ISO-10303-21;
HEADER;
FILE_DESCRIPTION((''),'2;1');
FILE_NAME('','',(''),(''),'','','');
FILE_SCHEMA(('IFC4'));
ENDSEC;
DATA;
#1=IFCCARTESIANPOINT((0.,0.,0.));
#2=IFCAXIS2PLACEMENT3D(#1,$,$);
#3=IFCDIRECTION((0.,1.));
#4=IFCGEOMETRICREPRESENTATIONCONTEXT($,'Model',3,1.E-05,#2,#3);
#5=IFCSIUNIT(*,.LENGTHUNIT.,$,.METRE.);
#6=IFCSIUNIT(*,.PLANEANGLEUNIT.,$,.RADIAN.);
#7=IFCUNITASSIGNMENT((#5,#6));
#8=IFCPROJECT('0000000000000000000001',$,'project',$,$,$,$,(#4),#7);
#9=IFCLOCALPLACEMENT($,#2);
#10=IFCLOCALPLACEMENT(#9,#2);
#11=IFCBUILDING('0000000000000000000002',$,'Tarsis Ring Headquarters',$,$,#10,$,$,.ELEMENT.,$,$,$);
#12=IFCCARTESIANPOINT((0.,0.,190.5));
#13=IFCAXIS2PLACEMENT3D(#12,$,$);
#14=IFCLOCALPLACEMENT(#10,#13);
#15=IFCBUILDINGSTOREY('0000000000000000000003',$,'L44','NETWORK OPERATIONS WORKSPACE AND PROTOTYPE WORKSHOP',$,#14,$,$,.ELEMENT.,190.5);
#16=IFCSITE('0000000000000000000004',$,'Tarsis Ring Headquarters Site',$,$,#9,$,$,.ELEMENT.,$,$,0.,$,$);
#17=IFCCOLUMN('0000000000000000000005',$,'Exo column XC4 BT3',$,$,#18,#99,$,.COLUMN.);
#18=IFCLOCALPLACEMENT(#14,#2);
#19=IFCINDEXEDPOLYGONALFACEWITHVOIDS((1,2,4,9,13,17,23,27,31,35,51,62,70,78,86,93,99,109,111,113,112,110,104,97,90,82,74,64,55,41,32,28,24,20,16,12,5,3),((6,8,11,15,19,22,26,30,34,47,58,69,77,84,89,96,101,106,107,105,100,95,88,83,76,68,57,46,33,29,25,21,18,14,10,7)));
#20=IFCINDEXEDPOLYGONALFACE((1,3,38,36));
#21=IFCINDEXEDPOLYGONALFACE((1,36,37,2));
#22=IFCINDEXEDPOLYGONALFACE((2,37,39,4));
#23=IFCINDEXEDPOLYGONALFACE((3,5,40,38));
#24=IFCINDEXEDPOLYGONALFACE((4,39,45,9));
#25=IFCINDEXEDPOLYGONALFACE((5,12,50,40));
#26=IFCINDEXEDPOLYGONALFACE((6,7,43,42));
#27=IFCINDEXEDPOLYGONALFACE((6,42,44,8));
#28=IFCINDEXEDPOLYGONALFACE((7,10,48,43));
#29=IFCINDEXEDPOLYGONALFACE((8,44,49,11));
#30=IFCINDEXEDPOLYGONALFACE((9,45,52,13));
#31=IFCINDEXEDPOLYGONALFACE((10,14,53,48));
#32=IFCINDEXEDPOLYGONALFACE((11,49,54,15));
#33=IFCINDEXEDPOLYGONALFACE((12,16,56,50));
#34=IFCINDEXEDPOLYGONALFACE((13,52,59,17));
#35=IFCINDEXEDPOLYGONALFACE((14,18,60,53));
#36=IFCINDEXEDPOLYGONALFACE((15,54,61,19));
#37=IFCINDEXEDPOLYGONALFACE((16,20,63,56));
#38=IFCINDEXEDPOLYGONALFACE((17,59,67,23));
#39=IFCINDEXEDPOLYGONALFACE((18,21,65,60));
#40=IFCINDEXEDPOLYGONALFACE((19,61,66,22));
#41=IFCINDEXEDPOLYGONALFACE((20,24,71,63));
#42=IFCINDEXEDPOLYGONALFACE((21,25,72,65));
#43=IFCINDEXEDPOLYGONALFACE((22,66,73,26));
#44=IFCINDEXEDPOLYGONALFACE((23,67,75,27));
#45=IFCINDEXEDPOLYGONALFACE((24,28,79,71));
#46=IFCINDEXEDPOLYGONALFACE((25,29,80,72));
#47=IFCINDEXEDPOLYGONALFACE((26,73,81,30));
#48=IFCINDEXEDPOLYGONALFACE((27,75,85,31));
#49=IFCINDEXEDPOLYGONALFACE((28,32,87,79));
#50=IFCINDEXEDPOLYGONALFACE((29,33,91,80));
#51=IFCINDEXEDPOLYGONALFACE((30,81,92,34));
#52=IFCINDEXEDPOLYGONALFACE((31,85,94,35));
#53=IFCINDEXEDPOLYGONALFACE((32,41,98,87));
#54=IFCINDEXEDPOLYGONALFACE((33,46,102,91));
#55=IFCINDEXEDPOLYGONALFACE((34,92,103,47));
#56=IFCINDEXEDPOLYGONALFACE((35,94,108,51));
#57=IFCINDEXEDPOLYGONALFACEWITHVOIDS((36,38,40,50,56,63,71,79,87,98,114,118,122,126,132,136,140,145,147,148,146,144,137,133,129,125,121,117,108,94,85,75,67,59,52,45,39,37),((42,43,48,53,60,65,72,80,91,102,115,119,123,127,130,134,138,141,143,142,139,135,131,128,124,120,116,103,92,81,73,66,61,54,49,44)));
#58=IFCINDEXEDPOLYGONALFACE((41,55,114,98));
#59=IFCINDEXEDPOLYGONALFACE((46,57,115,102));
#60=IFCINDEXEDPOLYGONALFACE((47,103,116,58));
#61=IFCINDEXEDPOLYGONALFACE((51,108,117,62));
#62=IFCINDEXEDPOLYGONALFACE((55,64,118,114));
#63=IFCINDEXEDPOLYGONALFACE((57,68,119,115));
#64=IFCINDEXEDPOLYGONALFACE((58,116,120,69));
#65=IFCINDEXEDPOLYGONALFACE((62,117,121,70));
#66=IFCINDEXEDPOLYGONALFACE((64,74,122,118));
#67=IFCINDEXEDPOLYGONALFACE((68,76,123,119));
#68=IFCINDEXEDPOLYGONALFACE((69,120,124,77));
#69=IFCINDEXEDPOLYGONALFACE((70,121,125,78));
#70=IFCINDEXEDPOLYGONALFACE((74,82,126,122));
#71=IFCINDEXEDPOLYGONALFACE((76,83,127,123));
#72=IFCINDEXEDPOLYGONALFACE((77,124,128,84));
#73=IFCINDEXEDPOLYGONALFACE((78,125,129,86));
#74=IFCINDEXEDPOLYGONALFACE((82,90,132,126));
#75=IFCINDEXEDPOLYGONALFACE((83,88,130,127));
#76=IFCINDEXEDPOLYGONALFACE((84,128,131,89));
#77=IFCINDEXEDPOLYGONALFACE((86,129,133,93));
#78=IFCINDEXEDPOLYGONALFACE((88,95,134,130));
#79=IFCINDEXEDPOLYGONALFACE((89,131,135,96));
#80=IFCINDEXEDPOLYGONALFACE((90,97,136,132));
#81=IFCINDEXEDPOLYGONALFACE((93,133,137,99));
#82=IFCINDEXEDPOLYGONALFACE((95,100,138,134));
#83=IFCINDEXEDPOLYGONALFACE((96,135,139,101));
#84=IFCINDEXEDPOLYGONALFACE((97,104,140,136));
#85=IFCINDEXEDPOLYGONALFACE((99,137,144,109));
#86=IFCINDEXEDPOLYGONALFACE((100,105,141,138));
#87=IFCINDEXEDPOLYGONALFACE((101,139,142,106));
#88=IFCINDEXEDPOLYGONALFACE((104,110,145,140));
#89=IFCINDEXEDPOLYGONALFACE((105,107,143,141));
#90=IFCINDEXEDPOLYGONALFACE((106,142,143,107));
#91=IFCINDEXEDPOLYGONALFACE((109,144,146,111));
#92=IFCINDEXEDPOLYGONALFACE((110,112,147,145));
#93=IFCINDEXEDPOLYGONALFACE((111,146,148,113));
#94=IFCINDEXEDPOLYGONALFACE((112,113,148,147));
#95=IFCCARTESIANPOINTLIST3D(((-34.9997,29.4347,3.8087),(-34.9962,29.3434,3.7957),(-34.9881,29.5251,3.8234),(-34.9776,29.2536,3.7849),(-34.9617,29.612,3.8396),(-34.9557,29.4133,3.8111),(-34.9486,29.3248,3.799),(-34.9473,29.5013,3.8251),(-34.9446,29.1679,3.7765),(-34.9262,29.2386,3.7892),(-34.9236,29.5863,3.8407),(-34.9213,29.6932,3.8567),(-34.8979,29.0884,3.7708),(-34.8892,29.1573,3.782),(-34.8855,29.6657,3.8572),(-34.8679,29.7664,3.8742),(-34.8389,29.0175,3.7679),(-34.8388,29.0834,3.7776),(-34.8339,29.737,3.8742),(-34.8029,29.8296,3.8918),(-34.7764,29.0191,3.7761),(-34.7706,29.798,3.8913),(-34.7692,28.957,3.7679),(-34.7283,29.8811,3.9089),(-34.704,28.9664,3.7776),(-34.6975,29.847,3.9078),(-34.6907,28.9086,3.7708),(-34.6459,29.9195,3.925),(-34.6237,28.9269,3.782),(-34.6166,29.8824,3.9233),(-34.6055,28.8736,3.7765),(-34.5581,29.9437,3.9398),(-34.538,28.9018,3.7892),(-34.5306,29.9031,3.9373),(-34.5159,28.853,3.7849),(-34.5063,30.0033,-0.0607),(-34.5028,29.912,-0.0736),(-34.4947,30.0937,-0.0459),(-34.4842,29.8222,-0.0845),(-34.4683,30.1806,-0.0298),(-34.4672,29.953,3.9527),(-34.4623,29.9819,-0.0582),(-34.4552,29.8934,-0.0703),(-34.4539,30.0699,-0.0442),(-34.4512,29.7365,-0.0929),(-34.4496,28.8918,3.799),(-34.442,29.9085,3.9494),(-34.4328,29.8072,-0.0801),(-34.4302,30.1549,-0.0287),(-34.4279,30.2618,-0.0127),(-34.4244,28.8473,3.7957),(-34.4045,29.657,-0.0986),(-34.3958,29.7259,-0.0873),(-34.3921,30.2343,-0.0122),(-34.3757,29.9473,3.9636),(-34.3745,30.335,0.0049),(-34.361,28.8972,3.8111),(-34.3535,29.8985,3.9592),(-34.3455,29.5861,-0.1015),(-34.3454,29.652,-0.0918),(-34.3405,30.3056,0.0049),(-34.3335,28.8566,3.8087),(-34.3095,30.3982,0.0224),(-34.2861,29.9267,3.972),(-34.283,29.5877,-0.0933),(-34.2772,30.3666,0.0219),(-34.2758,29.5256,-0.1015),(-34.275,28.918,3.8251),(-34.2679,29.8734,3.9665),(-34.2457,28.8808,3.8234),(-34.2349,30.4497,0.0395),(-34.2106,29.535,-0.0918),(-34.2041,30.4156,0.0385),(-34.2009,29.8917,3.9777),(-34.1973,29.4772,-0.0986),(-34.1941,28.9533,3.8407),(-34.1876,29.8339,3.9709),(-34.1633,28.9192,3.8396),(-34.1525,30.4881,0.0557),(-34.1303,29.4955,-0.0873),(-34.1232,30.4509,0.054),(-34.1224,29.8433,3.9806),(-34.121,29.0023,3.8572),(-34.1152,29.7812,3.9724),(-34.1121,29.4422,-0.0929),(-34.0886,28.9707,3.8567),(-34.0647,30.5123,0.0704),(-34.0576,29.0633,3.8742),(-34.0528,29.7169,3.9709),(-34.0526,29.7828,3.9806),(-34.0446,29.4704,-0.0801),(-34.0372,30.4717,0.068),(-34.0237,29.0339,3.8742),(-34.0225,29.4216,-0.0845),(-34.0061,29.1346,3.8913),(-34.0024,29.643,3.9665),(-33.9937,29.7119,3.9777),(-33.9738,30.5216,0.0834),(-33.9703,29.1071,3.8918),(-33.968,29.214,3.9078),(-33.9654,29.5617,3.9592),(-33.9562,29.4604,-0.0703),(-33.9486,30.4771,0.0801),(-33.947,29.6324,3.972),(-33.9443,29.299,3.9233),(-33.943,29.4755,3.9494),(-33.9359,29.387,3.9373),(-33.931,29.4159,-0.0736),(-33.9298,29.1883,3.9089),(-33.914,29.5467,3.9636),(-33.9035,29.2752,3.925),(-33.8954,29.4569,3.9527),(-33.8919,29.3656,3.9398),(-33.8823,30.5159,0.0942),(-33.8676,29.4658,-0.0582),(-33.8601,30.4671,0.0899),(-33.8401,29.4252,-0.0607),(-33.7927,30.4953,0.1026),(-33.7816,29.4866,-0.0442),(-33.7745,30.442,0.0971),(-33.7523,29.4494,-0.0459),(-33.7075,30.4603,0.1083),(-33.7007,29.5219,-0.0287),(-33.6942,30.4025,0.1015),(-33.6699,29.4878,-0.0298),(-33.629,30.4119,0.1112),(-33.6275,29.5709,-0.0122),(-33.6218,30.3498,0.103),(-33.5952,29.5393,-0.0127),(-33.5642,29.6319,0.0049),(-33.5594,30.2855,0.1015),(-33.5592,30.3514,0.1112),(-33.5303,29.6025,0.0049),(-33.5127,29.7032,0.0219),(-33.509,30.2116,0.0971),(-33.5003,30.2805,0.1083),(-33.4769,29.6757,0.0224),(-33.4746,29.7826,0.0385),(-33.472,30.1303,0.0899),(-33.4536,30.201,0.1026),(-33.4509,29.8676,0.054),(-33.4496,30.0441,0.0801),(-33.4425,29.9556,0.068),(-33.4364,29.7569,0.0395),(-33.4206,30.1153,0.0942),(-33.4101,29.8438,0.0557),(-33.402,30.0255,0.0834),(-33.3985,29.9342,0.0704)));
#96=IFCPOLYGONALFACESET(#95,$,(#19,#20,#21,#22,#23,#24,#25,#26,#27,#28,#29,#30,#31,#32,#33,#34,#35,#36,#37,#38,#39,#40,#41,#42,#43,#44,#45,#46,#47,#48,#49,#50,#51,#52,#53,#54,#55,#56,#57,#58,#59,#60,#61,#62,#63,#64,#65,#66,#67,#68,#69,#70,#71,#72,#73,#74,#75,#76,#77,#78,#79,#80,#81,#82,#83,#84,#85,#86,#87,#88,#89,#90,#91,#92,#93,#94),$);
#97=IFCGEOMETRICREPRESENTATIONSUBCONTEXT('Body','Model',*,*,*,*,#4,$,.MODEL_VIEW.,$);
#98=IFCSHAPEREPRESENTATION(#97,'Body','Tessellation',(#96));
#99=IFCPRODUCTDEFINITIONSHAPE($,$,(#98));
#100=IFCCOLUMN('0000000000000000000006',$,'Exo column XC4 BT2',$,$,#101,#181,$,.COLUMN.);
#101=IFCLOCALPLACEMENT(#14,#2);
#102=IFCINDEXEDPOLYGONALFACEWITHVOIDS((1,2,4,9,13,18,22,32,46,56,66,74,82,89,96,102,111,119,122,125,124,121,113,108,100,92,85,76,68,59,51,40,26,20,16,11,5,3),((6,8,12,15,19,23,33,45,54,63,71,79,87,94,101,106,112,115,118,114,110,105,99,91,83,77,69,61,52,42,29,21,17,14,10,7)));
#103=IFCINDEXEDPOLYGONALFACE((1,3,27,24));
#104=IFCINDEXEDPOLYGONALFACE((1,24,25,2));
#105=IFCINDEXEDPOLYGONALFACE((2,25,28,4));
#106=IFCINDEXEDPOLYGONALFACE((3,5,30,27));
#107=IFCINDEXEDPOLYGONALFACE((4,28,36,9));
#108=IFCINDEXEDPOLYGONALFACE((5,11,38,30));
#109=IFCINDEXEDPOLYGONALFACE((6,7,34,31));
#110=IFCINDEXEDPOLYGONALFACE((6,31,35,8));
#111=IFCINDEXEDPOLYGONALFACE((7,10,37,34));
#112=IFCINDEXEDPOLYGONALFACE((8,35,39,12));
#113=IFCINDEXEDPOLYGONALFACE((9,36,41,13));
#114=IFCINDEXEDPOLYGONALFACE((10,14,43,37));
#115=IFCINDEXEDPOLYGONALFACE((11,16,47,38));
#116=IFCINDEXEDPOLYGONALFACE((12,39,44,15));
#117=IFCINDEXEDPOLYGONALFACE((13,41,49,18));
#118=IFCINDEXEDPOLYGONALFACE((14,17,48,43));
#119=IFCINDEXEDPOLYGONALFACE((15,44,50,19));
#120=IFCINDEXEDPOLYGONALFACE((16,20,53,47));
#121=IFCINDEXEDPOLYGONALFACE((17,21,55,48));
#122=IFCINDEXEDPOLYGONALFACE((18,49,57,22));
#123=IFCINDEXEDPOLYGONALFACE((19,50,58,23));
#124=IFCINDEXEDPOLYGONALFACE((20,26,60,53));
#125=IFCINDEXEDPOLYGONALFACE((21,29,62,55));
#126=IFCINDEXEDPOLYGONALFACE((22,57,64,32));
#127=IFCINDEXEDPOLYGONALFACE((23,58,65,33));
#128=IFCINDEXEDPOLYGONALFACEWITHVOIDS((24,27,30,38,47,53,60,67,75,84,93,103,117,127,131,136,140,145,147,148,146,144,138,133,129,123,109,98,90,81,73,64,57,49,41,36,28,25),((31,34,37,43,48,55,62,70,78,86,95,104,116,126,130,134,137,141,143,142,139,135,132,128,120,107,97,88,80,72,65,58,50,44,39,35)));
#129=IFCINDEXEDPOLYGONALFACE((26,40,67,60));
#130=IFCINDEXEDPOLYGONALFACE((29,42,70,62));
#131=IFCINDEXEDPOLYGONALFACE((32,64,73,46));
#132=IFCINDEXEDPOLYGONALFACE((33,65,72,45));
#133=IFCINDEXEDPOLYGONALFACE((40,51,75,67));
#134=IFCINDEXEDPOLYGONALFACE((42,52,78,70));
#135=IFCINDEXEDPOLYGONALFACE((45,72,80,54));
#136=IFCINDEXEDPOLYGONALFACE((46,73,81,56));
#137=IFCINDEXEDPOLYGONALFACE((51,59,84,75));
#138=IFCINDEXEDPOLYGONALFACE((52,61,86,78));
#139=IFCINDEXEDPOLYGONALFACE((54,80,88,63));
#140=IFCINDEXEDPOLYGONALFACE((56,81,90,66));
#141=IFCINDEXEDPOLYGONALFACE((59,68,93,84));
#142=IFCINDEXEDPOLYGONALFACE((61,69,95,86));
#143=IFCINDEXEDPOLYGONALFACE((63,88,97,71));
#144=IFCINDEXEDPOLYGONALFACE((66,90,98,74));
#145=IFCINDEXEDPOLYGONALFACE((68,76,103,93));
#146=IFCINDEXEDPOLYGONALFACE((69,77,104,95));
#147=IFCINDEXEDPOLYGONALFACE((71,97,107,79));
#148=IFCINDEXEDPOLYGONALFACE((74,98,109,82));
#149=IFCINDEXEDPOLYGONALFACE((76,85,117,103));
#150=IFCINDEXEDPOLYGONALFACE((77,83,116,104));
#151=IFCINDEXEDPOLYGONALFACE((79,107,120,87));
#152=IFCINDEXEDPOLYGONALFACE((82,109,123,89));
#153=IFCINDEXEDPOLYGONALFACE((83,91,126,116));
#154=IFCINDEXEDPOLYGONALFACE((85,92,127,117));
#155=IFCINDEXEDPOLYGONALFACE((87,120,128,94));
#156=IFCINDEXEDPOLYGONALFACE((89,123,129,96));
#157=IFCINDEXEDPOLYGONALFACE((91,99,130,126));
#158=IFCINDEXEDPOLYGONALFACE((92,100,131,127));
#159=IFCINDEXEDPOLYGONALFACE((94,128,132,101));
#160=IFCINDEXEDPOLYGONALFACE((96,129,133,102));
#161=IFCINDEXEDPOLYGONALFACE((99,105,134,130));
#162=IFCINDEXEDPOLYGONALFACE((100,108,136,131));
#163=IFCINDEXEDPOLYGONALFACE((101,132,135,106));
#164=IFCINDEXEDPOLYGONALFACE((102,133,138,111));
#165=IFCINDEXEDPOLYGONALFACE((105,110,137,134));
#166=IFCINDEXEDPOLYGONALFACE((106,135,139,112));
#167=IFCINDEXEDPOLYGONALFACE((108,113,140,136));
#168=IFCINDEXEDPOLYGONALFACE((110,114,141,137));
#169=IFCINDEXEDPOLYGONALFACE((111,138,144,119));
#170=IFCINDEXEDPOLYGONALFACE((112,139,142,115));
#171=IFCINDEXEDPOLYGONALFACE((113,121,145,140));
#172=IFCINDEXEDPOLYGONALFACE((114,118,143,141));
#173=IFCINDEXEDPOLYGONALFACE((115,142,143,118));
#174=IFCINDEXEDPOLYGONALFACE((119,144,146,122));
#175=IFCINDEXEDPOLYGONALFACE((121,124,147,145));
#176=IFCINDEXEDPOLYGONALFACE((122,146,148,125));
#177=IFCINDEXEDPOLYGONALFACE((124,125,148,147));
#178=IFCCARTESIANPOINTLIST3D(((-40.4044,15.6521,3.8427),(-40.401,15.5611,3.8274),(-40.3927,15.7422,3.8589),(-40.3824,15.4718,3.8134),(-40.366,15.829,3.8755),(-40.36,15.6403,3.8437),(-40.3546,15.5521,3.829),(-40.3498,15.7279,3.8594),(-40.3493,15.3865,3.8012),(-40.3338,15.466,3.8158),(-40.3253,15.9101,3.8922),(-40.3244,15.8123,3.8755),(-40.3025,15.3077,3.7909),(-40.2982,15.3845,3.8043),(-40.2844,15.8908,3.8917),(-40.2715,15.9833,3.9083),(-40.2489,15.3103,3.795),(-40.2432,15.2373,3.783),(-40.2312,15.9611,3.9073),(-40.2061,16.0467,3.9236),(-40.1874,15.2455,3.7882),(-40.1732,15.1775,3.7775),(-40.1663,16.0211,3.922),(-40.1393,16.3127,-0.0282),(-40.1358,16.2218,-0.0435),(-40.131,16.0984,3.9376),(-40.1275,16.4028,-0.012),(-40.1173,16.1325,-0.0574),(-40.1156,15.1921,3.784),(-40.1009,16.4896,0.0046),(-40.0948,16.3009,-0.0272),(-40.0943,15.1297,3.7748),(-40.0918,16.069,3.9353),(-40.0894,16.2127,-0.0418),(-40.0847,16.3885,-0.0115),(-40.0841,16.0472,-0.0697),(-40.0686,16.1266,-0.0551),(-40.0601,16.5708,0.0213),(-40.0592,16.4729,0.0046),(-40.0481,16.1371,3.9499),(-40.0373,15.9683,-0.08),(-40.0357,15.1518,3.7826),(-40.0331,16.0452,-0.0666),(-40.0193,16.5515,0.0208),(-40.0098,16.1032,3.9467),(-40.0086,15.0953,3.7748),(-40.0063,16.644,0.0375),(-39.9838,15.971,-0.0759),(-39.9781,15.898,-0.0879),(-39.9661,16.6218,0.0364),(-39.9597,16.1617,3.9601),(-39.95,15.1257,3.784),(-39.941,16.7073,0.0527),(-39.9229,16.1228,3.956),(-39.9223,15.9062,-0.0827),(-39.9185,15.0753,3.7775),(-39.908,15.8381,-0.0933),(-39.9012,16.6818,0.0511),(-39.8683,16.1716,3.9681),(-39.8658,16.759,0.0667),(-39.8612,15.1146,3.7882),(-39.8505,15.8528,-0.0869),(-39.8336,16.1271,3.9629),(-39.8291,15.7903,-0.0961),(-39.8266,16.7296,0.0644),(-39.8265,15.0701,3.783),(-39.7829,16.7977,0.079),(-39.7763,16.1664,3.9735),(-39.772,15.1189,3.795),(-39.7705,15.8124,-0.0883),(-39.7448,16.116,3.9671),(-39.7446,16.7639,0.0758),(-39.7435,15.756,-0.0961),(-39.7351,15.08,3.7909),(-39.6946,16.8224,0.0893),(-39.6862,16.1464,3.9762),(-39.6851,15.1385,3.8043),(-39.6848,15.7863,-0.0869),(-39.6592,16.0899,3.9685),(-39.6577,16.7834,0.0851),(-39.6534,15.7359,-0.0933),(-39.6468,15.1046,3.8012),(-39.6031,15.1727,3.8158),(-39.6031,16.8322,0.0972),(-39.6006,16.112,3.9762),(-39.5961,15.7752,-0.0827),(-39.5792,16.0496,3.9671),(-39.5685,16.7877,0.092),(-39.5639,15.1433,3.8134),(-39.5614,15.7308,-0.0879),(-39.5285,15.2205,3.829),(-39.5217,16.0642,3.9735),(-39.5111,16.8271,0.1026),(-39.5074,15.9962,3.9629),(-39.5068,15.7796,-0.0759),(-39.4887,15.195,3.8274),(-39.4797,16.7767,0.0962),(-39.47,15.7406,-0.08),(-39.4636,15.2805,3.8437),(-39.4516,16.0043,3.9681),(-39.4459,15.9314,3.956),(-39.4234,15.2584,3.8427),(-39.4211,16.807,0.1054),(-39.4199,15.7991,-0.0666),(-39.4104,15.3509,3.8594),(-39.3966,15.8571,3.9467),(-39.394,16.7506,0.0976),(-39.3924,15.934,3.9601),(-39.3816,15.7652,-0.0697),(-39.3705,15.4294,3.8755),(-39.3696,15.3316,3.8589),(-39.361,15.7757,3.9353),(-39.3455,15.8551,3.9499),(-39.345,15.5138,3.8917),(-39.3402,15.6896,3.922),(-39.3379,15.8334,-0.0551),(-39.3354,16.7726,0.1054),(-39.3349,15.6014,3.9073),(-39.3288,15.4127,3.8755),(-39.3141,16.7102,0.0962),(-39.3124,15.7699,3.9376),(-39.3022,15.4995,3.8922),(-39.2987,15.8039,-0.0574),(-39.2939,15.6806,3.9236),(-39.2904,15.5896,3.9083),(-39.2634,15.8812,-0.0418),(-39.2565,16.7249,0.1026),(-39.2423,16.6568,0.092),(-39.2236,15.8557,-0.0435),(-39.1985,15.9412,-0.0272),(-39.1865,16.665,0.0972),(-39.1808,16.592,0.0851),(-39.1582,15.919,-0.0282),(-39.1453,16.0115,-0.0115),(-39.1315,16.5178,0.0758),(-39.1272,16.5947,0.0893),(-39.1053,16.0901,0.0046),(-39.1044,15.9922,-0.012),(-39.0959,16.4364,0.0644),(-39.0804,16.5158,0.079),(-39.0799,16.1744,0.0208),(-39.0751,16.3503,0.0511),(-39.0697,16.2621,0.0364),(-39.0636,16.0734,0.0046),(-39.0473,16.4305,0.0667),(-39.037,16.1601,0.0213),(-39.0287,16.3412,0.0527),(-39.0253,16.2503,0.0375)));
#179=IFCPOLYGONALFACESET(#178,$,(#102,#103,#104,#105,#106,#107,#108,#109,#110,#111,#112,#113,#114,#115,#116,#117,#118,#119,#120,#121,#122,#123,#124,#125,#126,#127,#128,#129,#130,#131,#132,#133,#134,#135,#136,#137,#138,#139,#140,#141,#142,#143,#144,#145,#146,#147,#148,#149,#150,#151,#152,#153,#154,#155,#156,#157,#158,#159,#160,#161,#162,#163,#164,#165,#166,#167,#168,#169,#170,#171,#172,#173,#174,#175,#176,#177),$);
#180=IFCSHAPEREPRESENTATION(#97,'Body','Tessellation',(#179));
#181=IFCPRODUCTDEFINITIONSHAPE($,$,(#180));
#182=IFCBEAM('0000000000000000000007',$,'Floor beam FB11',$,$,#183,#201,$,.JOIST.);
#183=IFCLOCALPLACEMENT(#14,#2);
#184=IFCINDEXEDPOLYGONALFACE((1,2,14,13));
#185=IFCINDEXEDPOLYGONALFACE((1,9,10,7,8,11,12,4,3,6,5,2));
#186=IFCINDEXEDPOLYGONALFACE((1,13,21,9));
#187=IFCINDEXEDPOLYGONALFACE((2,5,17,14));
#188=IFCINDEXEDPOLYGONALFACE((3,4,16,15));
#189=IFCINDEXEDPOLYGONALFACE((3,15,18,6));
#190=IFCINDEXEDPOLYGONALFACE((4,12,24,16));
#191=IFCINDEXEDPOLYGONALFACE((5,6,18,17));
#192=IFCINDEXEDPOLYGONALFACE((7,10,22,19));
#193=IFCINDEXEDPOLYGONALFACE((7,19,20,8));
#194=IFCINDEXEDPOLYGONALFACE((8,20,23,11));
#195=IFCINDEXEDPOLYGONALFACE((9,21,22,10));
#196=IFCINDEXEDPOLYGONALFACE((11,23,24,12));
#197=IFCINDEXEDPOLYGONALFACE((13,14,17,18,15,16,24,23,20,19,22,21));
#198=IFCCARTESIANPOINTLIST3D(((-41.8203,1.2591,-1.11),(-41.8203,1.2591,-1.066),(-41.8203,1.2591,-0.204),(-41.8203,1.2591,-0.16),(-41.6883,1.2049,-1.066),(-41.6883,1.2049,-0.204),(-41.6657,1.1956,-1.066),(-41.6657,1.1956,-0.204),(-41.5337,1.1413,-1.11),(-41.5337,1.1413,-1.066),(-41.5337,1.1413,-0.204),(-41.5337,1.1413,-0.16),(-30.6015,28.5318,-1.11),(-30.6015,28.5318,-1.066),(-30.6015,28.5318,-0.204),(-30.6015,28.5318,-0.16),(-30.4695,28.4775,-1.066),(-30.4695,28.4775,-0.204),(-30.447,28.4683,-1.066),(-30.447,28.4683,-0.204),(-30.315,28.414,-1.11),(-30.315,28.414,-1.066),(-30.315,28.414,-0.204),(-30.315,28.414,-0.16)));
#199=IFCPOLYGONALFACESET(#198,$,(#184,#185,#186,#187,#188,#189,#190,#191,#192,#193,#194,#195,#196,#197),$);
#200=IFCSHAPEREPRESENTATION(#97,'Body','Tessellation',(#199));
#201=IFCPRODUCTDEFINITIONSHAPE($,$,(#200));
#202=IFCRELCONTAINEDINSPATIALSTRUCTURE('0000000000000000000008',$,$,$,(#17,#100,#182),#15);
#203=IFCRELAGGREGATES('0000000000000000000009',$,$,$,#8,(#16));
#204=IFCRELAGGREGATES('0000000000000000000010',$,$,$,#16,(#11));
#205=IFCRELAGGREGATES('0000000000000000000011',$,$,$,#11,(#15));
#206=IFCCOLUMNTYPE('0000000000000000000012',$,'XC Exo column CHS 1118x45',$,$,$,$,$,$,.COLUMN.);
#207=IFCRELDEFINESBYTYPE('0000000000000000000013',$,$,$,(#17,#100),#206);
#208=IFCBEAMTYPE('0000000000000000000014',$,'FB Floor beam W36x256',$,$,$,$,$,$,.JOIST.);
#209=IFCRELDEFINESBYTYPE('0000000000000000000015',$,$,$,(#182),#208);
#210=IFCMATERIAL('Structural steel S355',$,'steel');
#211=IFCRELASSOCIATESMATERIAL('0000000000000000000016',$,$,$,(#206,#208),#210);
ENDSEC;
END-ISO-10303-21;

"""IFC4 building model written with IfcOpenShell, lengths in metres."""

from ifc_helpers import new_model, si_unit, direction, frame, origin, origin_2d, place, context, subcontext, project, spatial, hollow_circle, i_section, extrude, material, material_profile, profile_set, type_object, element, save


model = new_model("IFC4")

# Units and contexts
model_context = context("Model", 3, precision=1e-05, world=origin(), true_north=direction((0.0, 1.0)))
body_context = subcontext(model_context, "Body", "Model", "MODEL_VIEW")
ifc_project = project(units=[si_unit("LENGTHUNIT", "METRE"), si_unit("PLANEANGLEUNIT", "RADIAN")], contexts=[model_context])

# Site, building, storey
site_placement = place(None, origin())
site = spatial("IfcSite", under=ifc_project, at=site_placement, Name="Tarsis Ring Headquarters Site", CompositionType="ELEMENT", RefElevation=0.0)
building_placement = place(site_placement, origin())
building = spatial("IfcBuilding", under=site, at=building_placement, Name="Tarsis Ring Headquarters", CompositionType="ELEMENT")
storey_placement = place(building_placement, frame((0.0, 0.0, 190.5)))
storey = spatial("IfcBuildingStorey", under=building, at=storey_placement, Name="L44", Description="NETWORK OPERATIONS WORKSPACE AND PROTOTYPE WORKSHOP", CompositionType="ELEMENT", Elevation=190.5)

# Columns
ifc_material_1 = material(Name="Structural steel S355", Category="steel")
ifc_material_profile_1 = material_profile(ifc_material_1, hollow_circle(Radius=0.5588, WallThickness=0.0449, at=origin_2d()), Name="CHS 1118x45")
ifc_profile_set_1 = profile_set([ifc_material_profile_1], Name="Structural steel S355")
column_type = type_object("IfcColumnType", Name="XC Exo column CHS 1118x45", PredefinedType="COLUMN", material=ifc_profile_set_1)
column_1_placement = place(storey_placement, frame((-33.9524, 29.9688, 0.0049), z_axis=(-0.125169, -0.144245, 0.981594), x_axis=(0.755282, -0.6554, 0.0)))
element("IfcColumn", 1, at=column_1_placement, inside=storey, type_object=column_type, Name="Exo column XC4 BT3", PredefinedType="COLUMN", context=body_context, shape_type="SweptSolid", body=[
    extrude(hollow_circle(Radius=0.5588, WallThickness=0.0449, at=origin_2d()), origin(), (0.0, 0.0, 1.0), 3.9419),
])
column_2_placement = place(storey_placement, frame((-39.5823, 16.2815, 0.0046), z_axis=(-0.067366, -0.167857, 0.983507), x_axis=(0.92805, -0.372455, 0.0)))
element("IfcColumn", 2, at=column_2_placement, inside=storey, type_object=column_type, Name="Exo column XC4 BT2", PredefinedType="COLUMN", context=body_context, shape_type="SweptSolid", body=[
    extrude(hollow_circle(Radius=0.5588, WallThickness=0.0449, at=origin_2d()), origin(), (0.0, 0.0, 1.0), 3.9358),
])

# Beam
ifc_material_profile_2 = material_profile(ifc_material_1, i_section(OverallWidth=0.3098, OverallDepth=0.95, WebThickness=0.0244, FlangeThickness=0.0439, at=origin_2d()), Name="W36x256")
ifc_profile_set_2 = profile_set([ifc_material_profile_2], Name="Structural steel S355")
beam_type_1 = type_object("IfcBeamType", Name="FB Floor beam W36x256", PredefinedType="JOIST", material=ifc_profile_set_2)
beam_placement = place(storey_placement, frame((-30.4583, 28.4729, -0.635), z_axis=(-0.380425, -0.924812, 0.0), x_axis=(0.924812, -0.380425, 0.0)))
element("IfcBeam", 3, at=beam_placement, inside=storey, type_object=beam_type_1, Name="Floor beam FB11", PredefinedType="JOIST", context=body_context, shape_type="SweptSolid", body=[
    extrude(i_section(OverallWidth=0.3098, OverallDepth=0.95, WebThickness=0.0244, FlangeThickness=0.0439, at=origin_2d()), origin(), (0.0, 0.0, 1.0), 29.49),
])

save(model, "model.ifc")
